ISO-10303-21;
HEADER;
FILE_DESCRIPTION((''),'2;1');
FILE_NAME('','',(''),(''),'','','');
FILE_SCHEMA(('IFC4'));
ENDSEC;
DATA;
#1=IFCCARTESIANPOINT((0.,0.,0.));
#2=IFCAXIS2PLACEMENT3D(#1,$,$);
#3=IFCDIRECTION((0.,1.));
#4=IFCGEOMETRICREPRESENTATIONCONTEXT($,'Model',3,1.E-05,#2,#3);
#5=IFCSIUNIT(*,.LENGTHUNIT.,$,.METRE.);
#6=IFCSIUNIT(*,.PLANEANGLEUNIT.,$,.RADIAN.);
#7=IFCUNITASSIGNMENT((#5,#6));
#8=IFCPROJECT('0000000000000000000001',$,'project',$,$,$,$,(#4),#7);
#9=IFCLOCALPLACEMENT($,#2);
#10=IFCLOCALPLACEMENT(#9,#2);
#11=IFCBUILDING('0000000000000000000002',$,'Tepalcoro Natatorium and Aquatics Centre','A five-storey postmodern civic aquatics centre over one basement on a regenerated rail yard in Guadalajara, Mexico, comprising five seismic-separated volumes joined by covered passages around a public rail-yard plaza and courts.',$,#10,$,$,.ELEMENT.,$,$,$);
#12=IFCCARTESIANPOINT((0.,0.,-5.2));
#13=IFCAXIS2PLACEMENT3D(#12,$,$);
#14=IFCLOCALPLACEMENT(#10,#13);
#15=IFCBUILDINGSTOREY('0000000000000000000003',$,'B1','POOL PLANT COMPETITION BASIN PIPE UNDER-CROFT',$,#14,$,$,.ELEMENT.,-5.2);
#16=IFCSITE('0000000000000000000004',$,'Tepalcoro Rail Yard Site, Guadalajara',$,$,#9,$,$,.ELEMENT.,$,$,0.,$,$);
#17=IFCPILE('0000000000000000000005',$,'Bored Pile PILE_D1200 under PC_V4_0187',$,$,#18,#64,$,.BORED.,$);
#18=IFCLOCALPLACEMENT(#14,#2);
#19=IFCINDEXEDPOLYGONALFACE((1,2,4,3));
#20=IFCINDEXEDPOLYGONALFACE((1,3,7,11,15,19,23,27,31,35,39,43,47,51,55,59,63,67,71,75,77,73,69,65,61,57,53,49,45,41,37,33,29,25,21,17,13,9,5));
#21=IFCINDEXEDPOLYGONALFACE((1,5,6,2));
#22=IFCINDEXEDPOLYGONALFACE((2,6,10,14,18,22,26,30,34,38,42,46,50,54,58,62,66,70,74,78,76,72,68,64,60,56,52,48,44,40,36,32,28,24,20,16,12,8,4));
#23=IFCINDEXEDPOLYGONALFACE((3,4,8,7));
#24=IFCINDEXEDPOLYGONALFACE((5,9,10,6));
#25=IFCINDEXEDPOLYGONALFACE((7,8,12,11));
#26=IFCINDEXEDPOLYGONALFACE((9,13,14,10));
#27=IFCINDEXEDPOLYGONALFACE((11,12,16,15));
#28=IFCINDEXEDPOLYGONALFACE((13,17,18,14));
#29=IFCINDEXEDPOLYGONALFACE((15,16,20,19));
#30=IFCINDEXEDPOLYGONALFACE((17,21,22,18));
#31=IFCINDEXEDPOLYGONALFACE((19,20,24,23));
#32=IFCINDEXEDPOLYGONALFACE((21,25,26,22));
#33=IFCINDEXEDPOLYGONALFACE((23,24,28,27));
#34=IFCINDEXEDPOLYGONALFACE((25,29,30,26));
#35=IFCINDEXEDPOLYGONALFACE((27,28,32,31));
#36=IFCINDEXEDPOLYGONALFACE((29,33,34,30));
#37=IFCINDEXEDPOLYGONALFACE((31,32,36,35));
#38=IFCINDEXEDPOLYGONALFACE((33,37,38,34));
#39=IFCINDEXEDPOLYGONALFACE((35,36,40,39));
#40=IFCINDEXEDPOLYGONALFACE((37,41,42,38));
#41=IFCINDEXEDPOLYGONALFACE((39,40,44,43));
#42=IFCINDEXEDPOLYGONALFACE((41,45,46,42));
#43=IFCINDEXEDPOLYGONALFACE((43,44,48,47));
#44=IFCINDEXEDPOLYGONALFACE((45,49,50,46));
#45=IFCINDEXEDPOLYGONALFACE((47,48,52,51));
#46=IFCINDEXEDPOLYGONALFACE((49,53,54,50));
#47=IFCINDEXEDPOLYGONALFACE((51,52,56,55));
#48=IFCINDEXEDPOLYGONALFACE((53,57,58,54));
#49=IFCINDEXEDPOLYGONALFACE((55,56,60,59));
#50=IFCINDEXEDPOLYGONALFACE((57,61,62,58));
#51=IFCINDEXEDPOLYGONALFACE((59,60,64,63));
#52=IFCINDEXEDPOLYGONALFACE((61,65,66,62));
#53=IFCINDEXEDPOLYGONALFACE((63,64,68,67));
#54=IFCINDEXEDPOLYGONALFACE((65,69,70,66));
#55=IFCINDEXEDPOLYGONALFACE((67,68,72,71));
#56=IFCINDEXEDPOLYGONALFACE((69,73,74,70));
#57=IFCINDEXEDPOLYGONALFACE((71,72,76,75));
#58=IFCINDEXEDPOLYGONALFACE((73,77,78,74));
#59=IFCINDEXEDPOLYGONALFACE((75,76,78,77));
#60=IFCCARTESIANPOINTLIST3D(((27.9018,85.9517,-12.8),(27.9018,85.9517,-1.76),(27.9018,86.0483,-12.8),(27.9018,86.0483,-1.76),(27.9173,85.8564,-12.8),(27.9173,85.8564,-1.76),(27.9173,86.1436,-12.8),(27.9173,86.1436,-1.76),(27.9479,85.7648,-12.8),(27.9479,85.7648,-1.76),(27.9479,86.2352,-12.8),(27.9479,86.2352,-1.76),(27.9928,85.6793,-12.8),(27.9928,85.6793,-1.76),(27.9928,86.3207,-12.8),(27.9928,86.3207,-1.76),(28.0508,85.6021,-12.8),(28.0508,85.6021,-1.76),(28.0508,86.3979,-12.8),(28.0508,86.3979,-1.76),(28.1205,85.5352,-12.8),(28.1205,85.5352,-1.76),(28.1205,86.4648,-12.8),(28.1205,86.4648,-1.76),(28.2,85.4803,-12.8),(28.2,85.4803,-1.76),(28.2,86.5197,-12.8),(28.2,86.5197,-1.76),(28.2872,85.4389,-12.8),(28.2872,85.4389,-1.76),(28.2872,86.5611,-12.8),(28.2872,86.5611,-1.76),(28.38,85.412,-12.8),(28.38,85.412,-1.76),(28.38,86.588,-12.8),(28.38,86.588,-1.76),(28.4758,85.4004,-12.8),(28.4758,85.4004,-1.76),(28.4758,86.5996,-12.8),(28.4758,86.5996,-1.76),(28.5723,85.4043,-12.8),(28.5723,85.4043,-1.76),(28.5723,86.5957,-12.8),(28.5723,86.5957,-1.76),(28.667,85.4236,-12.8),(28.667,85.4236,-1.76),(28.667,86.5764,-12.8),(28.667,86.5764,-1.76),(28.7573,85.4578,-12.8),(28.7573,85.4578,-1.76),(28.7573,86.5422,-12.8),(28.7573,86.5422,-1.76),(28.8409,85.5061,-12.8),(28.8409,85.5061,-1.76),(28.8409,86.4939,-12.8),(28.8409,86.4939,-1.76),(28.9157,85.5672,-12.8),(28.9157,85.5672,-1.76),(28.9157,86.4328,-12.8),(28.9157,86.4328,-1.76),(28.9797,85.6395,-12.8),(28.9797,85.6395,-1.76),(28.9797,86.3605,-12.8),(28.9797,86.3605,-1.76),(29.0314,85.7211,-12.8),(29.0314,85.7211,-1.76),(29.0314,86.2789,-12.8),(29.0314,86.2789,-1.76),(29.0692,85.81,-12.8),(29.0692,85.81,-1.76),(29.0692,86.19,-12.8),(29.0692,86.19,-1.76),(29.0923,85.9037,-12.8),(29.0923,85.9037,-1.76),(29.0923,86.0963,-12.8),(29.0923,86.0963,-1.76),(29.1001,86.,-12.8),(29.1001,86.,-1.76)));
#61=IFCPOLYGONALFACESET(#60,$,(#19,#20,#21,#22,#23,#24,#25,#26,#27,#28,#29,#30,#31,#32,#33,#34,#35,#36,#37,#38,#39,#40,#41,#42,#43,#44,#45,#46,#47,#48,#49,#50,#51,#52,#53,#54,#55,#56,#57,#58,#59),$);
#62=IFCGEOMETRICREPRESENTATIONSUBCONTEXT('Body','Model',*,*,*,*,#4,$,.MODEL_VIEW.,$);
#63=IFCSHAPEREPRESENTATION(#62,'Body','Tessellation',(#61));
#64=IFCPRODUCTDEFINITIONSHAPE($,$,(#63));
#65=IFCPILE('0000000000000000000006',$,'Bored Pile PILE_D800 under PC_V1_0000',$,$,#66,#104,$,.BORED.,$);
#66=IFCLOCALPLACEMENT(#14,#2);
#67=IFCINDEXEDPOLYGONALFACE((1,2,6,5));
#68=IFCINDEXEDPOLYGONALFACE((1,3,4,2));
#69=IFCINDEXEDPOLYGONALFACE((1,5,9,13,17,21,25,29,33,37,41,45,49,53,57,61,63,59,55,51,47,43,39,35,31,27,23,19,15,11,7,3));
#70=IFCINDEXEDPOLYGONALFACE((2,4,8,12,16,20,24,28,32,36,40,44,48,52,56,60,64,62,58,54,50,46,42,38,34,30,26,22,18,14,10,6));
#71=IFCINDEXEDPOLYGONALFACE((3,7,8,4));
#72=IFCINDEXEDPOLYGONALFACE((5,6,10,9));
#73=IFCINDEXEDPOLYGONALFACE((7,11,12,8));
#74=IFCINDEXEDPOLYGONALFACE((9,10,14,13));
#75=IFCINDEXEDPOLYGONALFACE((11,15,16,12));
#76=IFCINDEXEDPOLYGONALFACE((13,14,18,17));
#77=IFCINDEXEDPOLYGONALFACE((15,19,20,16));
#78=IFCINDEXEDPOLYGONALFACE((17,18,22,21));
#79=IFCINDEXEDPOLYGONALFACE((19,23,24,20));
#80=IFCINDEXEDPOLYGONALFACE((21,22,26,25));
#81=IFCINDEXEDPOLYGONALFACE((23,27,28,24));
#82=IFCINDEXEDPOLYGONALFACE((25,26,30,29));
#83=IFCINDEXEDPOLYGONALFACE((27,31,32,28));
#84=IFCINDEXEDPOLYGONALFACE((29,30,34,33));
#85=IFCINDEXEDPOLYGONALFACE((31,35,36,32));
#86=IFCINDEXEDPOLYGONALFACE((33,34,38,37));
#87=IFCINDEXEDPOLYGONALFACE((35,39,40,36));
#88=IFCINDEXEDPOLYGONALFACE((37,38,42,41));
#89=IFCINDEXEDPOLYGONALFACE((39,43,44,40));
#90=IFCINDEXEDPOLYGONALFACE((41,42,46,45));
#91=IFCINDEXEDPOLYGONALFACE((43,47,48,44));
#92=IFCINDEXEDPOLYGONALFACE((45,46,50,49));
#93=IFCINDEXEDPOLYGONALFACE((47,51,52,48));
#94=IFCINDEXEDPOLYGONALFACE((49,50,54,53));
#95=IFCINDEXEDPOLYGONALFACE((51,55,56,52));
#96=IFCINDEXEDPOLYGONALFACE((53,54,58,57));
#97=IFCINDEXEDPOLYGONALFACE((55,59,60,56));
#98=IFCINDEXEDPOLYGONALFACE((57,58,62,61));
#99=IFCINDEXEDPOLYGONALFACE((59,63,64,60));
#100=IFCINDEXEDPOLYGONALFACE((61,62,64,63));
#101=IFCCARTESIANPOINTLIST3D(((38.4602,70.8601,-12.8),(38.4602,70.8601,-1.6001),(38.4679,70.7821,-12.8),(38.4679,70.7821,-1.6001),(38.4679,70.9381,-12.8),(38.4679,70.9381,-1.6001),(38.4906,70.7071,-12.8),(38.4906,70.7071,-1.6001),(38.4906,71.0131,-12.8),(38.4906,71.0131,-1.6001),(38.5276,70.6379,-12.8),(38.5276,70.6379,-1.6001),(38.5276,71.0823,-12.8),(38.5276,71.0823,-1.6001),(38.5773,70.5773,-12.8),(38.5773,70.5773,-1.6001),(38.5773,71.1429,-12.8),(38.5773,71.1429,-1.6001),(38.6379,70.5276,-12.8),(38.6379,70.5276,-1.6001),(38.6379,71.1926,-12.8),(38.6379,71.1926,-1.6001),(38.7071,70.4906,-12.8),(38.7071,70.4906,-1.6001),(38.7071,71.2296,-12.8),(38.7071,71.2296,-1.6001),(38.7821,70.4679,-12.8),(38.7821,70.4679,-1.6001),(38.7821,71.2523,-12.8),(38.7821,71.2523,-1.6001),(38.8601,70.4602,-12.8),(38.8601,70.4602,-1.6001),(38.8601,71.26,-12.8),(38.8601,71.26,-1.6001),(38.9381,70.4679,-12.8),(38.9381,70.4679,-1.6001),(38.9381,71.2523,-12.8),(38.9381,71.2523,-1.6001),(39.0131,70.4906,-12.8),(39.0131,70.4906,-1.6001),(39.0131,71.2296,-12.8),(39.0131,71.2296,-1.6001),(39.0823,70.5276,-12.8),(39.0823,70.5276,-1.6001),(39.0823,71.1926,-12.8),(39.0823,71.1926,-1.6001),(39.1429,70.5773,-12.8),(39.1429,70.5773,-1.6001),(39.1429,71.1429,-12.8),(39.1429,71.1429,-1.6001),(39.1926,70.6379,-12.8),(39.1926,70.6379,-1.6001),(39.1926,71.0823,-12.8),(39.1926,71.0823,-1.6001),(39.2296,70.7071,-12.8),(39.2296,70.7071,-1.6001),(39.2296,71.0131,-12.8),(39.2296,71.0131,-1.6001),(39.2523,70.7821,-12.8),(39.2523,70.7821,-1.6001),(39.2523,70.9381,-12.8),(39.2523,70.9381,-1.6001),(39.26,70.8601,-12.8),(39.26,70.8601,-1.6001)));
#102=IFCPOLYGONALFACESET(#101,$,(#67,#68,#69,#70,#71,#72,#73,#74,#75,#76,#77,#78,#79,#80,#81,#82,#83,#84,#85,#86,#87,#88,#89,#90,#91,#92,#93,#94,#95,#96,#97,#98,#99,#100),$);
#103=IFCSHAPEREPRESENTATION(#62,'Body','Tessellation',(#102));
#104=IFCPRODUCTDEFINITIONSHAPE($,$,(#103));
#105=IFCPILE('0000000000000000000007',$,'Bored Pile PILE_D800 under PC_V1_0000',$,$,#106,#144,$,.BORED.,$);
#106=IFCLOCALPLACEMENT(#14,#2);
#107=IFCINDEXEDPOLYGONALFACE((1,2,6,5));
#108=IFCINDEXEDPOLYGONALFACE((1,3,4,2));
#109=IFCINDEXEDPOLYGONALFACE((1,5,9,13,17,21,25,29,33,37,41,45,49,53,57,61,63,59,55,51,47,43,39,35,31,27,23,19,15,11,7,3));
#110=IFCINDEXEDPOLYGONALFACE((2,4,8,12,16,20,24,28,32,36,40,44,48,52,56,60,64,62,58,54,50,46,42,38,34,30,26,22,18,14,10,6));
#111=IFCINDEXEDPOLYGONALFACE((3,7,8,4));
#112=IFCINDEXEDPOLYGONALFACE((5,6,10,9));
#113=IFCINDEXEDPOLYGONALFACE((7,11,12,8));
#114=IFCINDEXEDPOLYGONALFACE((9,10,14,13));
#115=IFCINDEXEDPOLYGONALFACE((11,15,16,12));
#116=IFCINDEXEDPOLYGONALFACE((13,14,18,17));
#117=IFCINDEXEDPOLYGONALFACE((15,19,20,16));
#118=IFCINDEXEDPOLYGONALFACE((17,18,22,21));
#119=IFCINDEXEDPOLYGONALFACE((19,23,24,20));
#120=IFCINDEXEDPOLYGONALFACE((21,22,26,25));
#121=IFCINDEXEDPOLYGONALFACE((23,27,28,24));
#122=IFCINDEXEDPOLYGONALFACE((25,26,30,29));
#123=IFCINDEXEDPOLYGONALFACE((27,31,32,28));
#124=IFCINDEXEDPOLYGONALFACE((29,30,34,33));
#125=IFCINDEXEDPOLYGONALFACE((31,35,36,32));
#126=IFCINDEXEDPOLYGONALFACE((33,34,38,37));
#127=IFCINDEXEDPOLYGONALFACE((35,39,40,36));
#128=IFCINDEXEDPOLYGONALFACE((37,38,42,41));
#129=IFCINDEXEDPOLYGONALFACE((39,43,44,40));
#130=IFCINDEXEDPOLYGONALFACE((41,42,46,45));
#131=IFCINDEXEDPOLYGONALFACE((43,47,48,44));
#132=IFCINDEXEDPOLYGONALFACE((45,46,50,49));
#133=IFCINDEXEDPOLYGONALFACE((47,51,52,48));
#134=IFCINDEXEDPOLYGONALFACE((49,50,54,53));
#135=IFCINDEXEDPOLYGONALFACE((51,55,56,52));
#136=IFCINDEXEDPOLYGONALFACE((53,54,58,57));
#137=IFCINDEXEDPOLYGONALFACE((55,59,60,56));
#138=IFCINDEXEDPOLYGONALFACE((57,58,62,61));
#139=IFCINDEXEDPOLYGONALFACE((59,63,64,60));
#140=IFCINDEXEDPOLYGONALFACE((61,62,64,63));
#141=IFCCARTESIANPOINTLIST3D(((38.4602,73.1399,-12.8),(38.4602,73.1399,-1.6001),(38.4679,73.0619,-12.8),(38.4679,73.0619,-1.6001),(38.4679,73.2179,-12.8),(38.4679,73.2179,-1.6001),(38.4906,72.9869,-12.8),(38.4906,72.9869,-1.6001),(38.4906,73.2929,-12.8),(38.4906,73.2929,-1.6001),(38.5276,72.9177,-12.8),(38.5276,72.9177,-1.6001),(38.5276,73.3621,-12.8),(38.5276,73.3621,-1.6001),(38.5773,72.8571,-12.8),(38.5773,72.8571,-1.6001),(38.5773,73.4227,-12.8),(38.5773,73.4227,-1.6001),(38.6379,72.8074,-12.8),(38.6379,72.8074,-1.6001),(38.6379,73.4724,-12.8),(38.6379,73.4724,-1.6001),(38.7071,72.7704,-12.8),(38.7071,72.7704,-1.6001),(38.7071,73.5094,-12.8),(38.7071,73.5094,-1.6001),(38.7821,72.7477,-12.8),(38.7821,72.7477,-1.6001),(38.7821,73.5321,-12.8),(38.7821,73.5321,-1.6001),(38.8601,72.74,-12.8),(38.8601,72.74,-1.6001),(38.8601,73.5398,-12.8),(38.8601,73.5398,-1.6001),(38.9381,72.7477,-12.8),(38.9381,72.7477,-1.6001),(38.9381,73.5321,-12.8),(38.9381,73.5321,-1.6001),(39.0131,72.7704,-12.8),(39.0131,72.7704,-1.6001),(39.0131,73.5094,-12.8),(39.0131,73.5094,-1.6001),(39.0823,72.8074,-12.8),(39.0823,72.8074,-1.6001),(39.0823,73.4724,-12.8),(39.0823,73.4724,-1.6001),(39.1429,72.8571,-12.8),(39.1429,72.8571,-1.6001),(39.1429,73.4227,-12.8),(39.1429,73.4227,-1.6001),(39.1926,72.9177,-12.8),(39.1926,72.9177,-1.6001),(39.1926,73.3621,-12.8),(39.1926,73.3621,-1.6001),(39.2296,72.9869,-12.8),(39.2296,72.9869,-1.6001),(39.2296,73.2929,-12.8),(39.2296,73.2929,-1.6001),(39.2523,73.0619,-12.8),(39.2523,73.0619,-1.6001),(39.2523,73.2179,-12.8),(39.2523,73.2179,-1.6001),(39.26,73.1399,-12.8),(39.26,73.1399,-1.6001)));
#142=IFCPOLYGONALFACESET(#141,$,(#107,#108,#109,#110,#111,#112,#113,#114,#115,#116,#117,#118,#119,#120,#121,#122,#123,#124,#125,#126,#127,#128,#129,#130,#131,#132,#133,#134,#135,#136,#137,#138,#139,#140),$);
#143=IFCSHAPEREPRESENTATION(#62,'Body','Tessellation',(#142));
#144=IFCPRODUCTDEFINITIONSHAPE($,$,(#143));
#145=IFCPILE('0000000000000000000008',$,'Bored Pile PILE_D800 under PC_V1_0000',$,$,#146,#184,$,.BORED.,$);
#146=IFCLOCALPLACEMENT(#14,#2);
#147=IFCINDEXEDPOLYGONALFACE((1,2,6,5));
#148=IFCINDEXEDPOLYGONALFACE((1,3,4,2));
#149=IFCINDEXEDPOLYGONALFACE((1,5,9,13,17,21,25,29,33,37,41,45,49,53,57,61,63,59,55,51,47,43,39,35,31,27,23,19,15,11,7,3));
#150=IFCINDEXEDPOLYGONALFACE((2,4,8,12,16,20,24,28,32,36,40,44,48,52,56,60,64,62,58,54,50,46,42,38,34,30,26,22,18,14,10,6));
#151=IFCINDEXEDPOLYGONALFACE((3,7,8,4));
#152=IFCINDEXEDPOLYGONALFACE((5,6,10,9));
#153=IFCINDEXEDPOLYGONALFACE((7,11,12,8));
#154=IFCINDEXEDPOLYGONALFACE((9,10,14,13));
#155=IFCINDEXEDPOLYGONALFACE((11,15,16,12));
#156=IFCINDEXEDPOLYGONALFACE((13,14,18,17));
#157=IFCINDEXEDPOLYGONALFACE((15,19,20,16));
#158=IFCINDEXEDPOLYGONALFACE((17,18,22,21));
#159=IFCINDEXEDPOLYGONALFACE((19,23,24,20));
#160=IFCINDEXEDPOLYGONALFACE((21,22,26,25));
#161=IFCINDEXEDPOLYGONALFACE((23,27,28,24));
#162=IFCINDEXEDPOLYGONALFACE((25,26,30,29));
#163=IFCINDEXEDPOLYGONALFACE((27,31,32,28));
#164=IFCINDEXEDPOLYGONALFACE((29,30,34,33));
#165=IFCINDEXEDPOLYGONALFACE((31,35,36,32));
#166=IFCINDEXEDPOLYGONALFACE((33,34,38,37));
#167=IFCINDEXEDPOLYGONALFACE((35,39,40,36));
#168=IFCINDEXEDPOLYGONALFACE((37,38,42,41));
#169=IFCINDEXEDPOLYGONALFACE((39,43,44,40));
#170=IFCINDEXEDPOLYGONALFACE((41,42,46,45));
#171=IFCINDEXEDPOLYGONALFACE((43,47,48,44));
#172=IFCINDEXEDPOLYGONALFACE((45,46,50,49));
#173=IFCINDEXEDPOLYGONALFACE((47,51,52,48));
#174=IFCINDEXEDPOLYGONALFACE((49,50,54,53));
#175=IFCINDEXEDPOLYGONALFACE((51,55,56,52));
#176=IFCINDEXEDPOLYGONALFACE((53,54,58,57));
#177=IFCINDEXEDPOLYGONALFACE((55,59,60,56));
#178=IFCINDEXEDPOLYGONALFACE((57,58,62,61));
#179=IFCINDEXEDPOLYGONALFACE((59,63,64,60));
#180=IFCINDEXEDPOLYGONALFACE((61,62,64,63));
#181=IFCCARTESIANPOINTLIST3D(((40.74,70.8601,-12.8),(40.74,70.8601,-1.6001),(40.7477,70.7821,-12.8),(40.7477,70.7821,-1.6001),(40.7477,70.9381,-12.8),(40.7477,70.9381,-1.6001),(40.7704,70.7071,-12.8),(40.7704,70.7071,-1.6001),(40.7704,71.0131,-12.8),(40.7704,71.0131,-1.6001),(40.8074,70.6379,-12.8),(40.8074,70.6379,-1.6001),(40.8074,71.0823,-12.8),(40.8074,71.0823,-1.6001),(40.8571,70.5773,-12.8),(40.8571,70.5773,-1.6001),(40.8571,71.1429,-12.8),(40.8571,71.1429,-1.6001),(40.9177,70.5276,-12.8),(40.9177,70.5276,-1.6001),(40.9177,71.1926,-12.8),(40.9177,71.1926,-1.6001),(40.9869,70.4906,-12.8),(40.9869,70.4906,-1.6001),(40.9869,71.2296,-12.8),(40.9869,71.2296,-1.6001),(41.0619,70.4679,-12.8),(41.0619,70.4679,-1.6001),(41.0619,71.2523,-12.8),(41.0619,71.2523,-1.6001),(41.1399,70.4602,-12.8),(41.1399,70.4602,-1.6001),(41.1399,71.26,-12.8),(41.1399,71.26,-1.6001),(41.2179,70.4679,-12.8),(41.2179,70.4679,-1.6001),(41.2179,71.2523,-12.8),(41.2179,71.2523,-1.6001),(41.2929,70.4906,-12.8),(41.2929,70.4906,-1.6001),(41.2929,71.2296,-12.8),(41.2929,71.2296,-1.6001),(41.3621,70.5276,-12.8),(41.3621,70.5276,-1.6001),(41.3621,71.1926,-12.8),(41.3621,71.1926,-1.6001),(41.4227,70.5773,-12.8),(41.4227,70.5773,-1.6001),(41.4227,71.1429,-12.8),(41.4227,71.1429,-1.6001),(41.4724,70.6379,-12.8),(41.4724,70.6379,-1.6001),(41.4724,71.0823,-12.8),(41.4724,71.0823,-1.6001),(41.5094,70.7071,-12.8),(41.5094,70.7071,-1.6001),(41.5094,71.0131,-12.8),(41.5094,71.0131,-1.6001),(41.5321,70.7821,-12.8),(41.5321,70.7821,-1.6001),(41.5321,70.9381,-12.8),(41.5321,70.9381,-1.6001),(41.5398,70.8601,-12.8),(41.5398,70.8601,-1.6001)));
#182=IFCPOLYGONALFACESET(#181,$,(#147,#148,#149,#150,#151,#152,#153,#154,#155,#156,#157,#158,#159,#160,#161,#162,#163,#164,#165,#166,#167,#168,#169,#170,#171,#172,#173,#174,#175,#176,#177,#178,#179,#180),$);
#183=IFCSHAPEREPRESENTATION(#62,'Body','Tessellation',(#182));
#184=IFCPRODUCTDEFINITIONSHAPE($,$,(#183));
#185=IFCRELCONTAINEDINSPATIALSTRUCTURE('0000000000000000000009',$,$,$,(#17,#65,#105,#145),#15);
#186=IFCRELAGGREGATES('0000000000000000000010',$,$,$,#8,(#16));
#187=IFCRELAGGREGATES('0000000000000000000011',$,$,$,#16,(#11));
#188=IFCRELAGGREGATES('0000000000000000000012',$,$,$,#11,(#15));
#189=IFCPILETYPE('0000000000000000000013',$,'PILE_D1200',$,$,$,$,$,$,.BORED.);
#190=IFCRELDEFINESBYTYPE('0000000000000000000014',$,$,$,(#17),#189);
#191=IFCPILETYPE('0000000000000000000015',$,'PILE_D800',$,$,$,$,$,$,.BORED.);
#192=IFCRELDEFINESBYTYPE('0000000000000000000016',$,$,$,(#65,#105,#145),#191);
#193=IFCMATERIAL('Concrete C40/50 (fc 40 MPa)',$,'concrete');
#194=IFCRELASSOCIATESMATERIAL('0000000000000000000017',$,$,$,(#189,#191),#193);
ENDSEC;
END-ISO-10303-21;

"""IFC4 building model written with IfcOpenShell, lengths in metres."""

from ifc_helpers import new_model, si_unit, direction, frame, origin, origin_2d, place, context, subcontext, project, spatial, circle, extrude, material, material_profile, profile_set, type_object, element, save


model = new_model("IFC4")

# Units and contexts
model_context = context("Model", 3, precision=1e-05, world=origin(), true_north=direction((0.0, 1.0)))
body_context = subcontext(model_context, "Body", "Model", "MODEL_VIEW")
ifc_project = project(units=[si_unit("LENGTHUNIT", "METRE"), si_unit("PLANEANGLEUNIT", "RADIAN")], contexts=[model_context])

# Site, building, storey
site_placement = place(None, origin())
site = spatial("IfcSite", under=ifc_project, at=site_placement, Name="Tepalcoro Rail Yard Site, Guadalajara", CompositionType="ELEMENT", RefElevation=0.0)
building_placement = place(site_placement, origin())
building = spatial("IfcBuilding", under=site, at=building_placement, Name="Tepalcoro Natatorium and Aquatics Centre", Description="A five-storey postmodern civic aquatics centre over one basement on a regenerated rail yard in Guadalajara, Mexico, comprising five seismic-separated volumes joined by covered passages around a public rail-yard plaza and courts.", CompositionType="ELEMENT")
storey_placement = place(building_placement, frame((0.0, 0.0, -5.2)))
storey = spatial("IfcBuildingStorey", under=building, at=storey_placement, Name="B1", Description="POOL PLANT COMPETITION BASIN PIPE UNDER-CROFT", CompositionType="ELEMENT", Elevation=-5.2)

# Piles
ifc_material = material(Name="Concrete C40/50 (fc 40 MPa)", Category="concrete")
ifc_material_profile_1 = material_profile(ifc_material, circle(Radius=0.6001, at=origin_2d()), Name="PILE_D1200")
ifc_profile_set_1 = profile_set([ifc_material_profile_1], Name="Concrete C40/50 (fc 40 MPa)")
pile_type_1 = type_object("IfcPileType", Name="PILE_D1200", PredefinedType="BORED", material=ifc_profile_set_1)
pile_1_placement = place(storey_placement, frame((28.5, 86.0, -1.76), z_axis=(0.0, 0.0, -1.0), x_axis=(1.0, 0.0, 0.0)))
element("IfcPile", 1, at=pile_1_placement, inside=storey, type_object=pile_type_1, Name="Bored Pile PILE_D1200 under PC_V4_0187", PredefinedType="BORED", context=body_context, shape_type="SweptSolid", body=[
    extrude(circle(Radius=0.6001, at=origin_2d()), origin(), (0.0, 0.0, 1.0), 11.04),
])
ifc_material_profile_2 = material_profile(ifc_material, circle(Radius=0.3999, at=origin_2d()), Name="PILE_D800")
ifc_profile_set_2 = profile_set([ifc_material_profile_2], Name="Concrete C40/50 (fc 40 MPa)")
pile_type_2 = type_object("IfcPileType", Name="PILE_D800", PredefinedType="BORED", material=ifc_profile_set_2)
for number, where, z_axis, x_axis, name in (
    (2, (38.8601, 70.8601, -1.6001), (0.0, 0.0, -1.0), (1.0, 0.0, 0.0), "Bored Pile PILE_D800 under PC_V1_0000"),
    (3, (38.8601, 73.1399, -1.6001), (0.0, 0.0, -1.0), (1.0, 0.0, 0.0), "Bored Pile PILE_D800 under PC_V1_0000"),
    (4, (41.1399, 70.8601, -1.6001), (0.0, 0.0, -1.0), (1.0, 0.0, 0.0), "Bored Pile PILE_D800 under PC_V1_0000"),
):
    element("IfcPile", number, at=place(storey_placement, frame(where, z_axis=z_axis, x_axis=x_axis)), inside=storey, type_object=pile_type_2, Name=name, PredefinedType="BORED", context=body_context, shape_type="SweptSolid", body=[
        extrude(circle(Radius=0.3999, at=origin_2d()), origin(), (0.0, 0.0, 1.0), 11.2),
    ])

save(model, "model.ifc")
